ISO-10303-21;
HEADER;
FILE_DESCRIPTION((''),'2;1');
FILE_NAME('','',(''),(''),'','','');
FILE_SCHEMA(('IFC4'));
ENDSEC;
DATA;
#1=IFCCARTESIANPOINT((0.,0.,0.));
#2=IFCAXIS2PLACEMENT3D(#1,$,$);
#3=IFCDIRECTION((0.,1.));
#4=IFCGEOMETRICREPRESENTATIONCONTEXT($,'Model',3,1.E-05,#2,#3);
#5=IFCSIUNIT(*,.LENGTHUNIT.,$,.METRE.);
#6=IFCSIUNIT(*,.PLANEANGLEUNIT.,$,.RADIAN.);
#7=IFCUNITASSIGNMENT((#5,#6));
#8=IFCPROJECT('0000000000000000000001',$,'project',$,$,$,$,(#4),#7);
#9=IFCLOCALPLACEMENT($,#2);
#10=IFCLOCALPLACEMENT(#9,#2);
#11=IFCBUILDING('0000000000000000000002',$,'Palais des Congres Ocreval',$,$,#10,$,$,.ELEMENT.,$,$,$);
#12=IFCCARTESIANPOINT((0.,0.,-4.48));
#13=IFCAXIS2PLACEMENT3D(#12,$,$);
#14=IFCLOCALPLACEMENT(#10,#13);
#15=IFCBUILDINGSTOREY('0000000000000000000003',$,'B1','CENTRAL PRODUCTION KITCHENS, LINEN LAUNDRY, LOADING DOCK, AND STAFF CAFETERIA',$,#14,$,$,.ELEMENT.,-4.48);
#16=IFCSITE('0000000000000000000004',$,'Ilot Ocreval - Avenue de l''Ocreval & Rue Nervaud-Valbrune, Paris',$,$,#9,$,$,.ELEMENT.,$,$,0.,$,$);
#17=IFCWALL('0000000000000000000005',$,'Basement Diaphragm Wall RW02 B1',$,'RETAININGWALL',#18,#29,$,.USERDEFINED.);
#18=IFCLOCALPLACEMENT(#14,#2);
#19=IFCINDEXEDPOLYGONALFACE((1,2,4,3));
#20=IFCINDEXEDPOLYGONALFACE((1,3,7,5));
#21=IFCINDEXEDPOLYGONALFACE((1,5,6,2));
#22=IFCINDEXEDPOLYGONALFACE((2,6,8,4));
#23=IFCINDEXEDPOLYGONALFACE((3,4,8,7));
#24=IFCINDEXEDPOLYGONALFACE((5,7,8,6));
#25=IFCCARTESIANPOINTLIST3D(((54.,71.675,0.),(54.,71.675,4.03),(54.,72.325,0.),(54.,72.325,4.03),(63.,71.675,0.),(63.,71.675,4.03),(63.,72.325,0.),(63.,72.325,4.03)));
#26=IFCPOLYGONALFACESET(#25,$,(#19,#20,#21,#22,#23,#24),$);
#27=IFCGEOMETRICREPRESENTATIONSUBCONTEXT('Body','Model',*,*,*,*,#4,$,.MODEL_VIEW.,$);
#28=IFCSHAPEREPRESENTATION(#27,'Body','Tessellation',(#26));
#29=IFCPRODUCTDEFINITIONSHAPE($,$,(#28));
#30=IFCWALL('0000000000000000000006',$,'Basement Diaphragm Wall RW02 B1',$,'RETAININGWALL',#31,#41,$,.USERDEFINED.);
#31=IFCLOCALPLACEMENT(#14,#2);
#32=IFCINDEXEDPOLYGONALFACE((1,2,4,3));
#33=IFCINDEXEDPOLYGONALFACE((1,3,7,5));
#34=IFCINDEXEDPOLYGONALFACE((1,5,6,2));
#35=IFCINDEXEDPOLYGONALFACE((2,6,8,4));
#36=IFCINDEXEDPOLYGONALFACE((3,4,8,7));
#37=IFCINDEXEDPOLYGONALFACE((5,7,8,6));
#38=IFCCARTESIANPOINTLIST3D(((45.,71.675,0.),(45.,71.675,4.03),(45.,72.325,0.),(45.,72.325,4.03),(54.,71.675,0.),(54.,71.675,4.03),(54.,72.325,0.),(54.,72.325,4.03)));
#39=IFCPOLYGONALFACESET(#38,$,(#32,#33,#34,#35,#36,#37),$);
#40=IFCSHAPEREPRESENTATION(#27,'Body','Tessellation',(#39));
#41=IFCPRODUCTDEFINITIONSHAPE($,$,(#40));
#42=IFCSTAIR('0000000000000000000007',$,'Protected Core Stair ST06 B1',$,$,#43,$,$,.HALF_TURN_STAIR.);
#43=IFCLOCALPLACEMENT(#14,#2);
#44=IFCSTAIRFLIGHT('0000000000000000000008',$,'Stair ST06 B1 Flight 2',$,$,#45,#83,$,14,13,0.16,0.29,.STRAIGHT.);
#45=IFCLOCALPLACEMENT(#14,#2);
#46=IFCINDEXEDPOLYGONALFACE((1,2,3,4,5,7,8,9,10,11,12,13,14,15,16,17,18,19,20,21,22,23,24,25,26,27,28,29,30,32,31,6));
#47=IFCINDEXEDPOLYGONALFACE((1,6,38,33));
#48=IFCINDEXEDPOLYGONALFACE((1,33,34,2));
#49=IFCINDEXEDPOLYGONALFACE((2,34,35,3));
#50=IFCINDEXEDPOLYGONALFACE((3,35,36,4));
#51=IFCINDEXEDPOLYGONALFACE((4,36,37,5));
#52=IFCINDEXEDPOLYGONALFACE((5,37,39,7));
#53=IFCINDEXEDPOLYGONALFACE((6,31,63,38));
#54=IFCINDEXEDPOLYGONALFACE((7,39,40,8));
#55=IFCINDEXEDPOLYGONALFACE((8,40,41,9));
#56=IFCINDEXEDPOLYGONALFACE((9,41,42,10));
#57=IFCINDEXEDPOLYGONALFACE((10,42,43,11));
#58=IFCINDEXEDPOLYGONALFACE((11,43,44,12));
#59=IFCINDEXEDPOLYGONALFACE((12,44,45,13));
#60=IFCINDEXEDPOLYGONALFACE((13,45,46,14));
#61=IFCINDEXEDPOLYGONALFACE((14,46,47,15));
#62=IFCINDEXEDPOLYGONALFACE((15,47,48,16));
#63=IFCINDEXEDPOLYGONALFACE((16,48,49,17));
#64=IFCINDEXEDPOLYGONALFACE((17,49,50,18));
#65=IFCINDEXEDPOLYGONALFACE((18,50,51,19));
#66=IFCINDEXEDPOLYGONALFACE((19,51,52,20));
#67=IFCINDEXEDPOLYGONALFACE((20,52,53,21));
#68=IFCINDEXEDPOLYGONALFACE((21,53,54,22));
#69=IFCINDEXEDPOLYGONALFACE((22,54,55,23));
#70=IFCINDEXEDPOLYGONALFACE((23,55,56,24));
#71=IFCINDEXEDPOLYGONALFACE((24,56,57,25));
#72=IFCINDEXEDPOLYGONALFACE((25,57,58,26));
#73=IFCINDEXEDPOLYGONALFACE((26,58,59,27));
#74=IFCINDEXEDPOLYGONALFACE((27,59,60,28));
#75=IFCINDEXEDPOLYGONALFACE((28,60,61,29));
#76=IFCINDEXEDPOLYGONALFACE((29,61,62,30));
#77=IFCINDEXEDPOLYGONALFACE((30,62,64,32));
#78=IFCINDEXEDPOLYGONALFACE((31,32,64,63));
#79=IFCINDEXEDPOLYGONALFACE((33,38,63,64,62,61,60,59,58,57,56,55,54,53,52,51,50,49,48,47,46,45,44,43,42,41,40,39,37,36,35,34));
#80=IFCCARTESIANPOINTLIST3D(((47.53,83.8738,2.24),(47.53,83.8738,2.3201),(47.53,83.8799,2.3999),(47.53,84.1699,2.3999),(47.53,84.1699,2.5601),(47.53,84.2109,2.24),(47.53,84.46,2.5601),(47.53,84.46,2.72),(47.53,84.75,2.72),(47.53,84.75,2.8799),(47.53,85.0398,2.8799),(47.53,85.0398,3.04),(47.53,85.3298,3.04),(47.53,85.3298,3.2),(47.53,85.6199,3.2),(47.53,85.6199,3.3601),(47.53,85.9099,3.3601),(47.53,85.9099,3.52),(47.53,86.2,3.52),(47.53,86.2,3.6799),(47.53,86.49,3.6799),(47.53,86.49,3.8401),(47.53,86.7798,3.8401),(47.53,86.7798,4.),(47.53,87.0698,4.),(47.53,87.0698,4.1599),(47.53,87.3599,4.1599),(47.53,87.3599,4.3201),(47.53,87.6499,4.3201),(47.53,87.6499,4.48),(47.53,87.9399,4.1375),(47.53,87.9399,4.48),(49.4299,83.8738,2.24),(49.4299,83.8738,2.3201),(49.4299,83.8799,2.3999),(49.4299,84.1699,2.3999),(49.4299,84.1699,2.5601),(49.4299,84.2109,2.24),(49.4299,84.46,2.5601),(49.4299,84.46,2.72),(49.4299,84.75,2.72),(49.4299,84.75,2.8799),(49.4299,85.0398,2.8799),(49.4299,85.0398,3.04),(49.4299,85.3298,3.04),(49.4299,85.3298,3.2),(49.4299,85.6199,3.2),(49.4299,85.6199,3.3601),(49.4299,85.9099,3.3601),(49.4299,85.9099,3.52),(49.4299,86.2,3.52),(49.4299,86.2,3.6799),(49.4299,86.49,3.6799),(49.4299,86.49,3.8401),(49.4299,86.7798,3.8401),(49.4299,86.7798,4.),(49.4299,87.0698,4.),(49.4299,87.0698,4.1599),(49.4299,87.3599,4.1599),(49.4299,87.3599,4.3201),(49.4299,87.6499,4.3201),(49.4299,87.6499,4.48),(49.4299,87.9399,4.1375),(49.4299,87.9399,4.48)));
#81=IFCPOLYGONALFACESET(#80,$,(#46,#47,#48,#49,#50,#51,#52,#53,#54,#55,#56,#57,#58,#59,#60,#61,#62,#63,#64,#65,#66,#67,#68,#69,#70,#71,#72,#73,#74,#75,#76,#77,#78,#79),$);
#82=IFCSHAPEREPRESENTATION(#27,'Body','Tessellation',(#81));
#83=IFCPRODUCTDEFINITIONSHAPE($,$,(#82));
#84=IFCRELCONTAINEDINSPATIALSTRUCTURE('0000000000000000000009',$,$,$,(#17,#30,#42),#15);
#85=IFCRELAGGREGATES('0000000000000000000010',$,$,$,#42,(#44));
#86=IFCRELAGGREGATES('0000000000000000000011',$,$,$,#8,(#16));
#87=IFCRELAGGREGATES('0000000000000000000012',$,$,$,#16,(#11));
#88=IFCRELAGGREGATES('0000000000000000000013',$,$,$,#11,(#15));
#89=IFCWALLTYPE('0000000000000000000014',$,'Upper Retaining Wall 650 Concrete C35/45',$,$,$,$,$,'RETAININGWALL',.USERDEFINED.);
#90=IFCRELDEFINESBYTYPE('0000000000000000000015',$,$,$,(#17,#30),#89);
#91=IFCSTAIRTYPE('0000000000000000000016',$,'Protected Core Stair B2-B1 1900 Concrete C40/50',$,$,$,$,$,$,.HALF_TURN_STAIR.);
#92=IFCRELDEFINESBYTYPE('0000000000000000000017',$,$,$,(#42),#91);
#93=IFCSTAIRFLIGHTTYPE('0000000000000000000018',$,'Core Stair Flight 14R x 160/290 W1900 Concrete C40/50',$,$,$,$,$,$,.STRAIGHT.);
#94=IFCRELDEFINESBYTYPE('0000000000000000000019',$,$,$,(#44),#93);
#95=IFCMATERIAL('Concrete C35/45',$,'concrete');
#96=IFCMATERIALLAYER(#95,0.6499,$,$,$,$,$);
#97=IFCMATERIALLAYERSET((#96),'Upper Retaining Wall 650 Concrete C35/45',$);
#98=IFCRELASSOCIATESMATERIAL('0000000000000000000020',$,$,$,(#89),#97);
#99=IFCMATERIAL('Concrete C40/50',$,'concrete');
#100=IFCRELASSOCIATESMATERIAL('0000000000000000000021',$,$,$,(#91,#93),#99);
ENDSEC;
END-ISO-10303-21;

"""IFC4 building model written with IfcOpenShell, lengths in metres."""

from ifc_helpers import new_model, si_unit, direction, frame, frame_2d, origin, place, context, subcontext, project, spatial, polyline, rectangle, outline, extrude, material, layer, layer_set, type_object, element, aggregate, save


model = new_model("IFC4")

# Units and contexts
model_context = context("Model", 3, precision=1e-05, world=origin(), true_north=direction((0.0, 1.0)))
body_context = subcontext(model_context, "Body", "Model", "MODEL_VIEW")
ifc_project = project(units=[si_unit("LENGTHUNIT", "METRE"), si_unit("PLANEANGLEUNIT", "RADIAN")], contexts=[model_context])

# Site, building, storey
site_placement = place(None, origin())
site = spatial("IfcSite", under=ifc_project, at=site_placement, Name="Ilot Ocreval - Avenue de l'Ocreval & Rue Nervaud-Valbrune, Paris", CompositionType="ELEMENT", RefElevation=0.0)
building_placement = place(site_placement, origin())
building = spatial("IfcBuilding", under=site, at=building_placement, Name="Palais des Congres Ocreval", CompositionType="ELEMENT")
storey_placement = place(building_placement, frame((0.0, 0.0, -4.48)))
storey = spatial("IfcBuildingStorey", under=building, at=storey_placement, Name="B1", Description="CENTRAL PRODUCTION KITCHENS, LINEN LAUNDRY, LOADING DOCK, AND STAFF CAFETERIA", CompositionType="ELEMENT", Elevation=-4.48)

# Shared definitions
ifc_material_1 = material(Name="Concrete C35/45", Category="concrete")

# Shared definitions
ifc_material_2 = material(Name="Concrete C40/50", Category="concrete")

# Walls
ifc_layer_1 = layer(ifc_material_1, 0.6499)
ifc_layer_set_1 = layer_set([ifc_layer_1], Name="Upper Retaining Wall 650 Concrete C35/45")
wall_type_1 = type_object("IfcWallType", Name="Upper Retaining Wall 650 Concrete C35/45", ElementType="RETAININGWALL", PredefinedType="USERDEFINED", material=ifc_layer_set_1)
for number, where, z_axis, x_axis, name in (
    (1, (63.0, 72.0, 0.0), (0.0, 0.0, 1.0), (-1.0, 0.0, 0.0), "Basement Diaphragm Wall RW02 B1"),
    (2, (54.0, 72.0, 0.0), (0.0, 0.0, 1.0), (-1.0, 0.0, 0.0), "Basement Diaphragm Wall RW02 B1"),
):
    element("IfcWall", number, at=place(storey_placement, frame(where, z_axis=z_axis, x_axis=x_axis)), inside=storey, type_object=wall_type_1, Name=name, ObjectType="RETAININGWALL", PredefinedType="USERDEFINED", context=body_context, shape_type="SweptSolid", body=[
        extrude(rectangle(XDim=9.0, YDim=0.6499, at=frame_2d((4.5, 0.0))), origin(), (0.0, 0.0, 1.0), 4.03),
    ])

# Stair, stair flight
stair_type = type_object("IfcStairType", Name="Protected Core Stair B2-B1 1900 Concrete C40/50", PredefinedType="HALF_TURN_STAIR", material=ifc_material_2)
stair_placement = place(storey_placement, origin())
stair = element("IfcStair", 3, at=stair_placement, inside=storey, type_object=stair_type, Name="Protected Core Stair ST06 B1", PredefinedType="HALF_TURN_STAIR")
stair_flight_type = type_object("IfcStairFlightType", Name="Core Stair Flight 14R x 160/290 W1900 Concrete C40/50", PredefinedType="STRAIGHT", material=ifc_material_2)
stair_flight_placement = place(storey_placement, frame((48.48, 83.8799, 2.24), z_axis=(0.0, 0.0, 1.0), x_axis=(0.0, 1.0, 0.0)))
stair_flight = element("IfcStairFlight", 4, at=stair_flight_placement, type_object=stair_flight_type, Name="Stair ST06 B1 Flight 2", NumberOfRisers=14, NumberOfTreads=13, PredefinedType="STRAIGHT", RiserHeight=0.16, TreadLength=0.29, context=body_context, shape_type="SweptSolid", body=[
    extrude(outline(polyline([(-0.0061, 0.0), (-0.0061, 0.0801), (0.0, 0.1599), (0.29, 0.1599), (0.29, 0.3201), (0.5801, 0.3201), (0.5801, 0.48), (0.8701, 0.48), (0.8701, 0.6399), (1.1599, 0.6399), (1.1599, 0.8), (1.45, 0.8), (1.45, 0.96), (1.74, 0.96), (1.74, 1.1201), (2.03, 1.1201), (2.03, 1.28), (2.3201, 1.28), (2.3201, 1.4399), (2.6101, 1.4399), (2.6101, 1.6001), (2.8999, 1.6001), (2.8999, 1.76), (3.1899, 1.76), (3.1899, 1.9199), (3.48, 1.9199), (3.48, 2.0801), (3.77, 2.0801), (3.77, 2.24), (4.0601, 2.24), (4.0601, 1.8975), (0.3311, 0.0), (-0.0061, 0.0)])), frame((0.0, 0.95, 0.0), z_axis=(0.0, -1.0, 0.0), x_axis=(1.0, 0.0, 0.0)), (0.0, 0.0, 1.0), 1.8999),
])
aggregate(stair, [stair_flight])

save(model, "model.ifc")
